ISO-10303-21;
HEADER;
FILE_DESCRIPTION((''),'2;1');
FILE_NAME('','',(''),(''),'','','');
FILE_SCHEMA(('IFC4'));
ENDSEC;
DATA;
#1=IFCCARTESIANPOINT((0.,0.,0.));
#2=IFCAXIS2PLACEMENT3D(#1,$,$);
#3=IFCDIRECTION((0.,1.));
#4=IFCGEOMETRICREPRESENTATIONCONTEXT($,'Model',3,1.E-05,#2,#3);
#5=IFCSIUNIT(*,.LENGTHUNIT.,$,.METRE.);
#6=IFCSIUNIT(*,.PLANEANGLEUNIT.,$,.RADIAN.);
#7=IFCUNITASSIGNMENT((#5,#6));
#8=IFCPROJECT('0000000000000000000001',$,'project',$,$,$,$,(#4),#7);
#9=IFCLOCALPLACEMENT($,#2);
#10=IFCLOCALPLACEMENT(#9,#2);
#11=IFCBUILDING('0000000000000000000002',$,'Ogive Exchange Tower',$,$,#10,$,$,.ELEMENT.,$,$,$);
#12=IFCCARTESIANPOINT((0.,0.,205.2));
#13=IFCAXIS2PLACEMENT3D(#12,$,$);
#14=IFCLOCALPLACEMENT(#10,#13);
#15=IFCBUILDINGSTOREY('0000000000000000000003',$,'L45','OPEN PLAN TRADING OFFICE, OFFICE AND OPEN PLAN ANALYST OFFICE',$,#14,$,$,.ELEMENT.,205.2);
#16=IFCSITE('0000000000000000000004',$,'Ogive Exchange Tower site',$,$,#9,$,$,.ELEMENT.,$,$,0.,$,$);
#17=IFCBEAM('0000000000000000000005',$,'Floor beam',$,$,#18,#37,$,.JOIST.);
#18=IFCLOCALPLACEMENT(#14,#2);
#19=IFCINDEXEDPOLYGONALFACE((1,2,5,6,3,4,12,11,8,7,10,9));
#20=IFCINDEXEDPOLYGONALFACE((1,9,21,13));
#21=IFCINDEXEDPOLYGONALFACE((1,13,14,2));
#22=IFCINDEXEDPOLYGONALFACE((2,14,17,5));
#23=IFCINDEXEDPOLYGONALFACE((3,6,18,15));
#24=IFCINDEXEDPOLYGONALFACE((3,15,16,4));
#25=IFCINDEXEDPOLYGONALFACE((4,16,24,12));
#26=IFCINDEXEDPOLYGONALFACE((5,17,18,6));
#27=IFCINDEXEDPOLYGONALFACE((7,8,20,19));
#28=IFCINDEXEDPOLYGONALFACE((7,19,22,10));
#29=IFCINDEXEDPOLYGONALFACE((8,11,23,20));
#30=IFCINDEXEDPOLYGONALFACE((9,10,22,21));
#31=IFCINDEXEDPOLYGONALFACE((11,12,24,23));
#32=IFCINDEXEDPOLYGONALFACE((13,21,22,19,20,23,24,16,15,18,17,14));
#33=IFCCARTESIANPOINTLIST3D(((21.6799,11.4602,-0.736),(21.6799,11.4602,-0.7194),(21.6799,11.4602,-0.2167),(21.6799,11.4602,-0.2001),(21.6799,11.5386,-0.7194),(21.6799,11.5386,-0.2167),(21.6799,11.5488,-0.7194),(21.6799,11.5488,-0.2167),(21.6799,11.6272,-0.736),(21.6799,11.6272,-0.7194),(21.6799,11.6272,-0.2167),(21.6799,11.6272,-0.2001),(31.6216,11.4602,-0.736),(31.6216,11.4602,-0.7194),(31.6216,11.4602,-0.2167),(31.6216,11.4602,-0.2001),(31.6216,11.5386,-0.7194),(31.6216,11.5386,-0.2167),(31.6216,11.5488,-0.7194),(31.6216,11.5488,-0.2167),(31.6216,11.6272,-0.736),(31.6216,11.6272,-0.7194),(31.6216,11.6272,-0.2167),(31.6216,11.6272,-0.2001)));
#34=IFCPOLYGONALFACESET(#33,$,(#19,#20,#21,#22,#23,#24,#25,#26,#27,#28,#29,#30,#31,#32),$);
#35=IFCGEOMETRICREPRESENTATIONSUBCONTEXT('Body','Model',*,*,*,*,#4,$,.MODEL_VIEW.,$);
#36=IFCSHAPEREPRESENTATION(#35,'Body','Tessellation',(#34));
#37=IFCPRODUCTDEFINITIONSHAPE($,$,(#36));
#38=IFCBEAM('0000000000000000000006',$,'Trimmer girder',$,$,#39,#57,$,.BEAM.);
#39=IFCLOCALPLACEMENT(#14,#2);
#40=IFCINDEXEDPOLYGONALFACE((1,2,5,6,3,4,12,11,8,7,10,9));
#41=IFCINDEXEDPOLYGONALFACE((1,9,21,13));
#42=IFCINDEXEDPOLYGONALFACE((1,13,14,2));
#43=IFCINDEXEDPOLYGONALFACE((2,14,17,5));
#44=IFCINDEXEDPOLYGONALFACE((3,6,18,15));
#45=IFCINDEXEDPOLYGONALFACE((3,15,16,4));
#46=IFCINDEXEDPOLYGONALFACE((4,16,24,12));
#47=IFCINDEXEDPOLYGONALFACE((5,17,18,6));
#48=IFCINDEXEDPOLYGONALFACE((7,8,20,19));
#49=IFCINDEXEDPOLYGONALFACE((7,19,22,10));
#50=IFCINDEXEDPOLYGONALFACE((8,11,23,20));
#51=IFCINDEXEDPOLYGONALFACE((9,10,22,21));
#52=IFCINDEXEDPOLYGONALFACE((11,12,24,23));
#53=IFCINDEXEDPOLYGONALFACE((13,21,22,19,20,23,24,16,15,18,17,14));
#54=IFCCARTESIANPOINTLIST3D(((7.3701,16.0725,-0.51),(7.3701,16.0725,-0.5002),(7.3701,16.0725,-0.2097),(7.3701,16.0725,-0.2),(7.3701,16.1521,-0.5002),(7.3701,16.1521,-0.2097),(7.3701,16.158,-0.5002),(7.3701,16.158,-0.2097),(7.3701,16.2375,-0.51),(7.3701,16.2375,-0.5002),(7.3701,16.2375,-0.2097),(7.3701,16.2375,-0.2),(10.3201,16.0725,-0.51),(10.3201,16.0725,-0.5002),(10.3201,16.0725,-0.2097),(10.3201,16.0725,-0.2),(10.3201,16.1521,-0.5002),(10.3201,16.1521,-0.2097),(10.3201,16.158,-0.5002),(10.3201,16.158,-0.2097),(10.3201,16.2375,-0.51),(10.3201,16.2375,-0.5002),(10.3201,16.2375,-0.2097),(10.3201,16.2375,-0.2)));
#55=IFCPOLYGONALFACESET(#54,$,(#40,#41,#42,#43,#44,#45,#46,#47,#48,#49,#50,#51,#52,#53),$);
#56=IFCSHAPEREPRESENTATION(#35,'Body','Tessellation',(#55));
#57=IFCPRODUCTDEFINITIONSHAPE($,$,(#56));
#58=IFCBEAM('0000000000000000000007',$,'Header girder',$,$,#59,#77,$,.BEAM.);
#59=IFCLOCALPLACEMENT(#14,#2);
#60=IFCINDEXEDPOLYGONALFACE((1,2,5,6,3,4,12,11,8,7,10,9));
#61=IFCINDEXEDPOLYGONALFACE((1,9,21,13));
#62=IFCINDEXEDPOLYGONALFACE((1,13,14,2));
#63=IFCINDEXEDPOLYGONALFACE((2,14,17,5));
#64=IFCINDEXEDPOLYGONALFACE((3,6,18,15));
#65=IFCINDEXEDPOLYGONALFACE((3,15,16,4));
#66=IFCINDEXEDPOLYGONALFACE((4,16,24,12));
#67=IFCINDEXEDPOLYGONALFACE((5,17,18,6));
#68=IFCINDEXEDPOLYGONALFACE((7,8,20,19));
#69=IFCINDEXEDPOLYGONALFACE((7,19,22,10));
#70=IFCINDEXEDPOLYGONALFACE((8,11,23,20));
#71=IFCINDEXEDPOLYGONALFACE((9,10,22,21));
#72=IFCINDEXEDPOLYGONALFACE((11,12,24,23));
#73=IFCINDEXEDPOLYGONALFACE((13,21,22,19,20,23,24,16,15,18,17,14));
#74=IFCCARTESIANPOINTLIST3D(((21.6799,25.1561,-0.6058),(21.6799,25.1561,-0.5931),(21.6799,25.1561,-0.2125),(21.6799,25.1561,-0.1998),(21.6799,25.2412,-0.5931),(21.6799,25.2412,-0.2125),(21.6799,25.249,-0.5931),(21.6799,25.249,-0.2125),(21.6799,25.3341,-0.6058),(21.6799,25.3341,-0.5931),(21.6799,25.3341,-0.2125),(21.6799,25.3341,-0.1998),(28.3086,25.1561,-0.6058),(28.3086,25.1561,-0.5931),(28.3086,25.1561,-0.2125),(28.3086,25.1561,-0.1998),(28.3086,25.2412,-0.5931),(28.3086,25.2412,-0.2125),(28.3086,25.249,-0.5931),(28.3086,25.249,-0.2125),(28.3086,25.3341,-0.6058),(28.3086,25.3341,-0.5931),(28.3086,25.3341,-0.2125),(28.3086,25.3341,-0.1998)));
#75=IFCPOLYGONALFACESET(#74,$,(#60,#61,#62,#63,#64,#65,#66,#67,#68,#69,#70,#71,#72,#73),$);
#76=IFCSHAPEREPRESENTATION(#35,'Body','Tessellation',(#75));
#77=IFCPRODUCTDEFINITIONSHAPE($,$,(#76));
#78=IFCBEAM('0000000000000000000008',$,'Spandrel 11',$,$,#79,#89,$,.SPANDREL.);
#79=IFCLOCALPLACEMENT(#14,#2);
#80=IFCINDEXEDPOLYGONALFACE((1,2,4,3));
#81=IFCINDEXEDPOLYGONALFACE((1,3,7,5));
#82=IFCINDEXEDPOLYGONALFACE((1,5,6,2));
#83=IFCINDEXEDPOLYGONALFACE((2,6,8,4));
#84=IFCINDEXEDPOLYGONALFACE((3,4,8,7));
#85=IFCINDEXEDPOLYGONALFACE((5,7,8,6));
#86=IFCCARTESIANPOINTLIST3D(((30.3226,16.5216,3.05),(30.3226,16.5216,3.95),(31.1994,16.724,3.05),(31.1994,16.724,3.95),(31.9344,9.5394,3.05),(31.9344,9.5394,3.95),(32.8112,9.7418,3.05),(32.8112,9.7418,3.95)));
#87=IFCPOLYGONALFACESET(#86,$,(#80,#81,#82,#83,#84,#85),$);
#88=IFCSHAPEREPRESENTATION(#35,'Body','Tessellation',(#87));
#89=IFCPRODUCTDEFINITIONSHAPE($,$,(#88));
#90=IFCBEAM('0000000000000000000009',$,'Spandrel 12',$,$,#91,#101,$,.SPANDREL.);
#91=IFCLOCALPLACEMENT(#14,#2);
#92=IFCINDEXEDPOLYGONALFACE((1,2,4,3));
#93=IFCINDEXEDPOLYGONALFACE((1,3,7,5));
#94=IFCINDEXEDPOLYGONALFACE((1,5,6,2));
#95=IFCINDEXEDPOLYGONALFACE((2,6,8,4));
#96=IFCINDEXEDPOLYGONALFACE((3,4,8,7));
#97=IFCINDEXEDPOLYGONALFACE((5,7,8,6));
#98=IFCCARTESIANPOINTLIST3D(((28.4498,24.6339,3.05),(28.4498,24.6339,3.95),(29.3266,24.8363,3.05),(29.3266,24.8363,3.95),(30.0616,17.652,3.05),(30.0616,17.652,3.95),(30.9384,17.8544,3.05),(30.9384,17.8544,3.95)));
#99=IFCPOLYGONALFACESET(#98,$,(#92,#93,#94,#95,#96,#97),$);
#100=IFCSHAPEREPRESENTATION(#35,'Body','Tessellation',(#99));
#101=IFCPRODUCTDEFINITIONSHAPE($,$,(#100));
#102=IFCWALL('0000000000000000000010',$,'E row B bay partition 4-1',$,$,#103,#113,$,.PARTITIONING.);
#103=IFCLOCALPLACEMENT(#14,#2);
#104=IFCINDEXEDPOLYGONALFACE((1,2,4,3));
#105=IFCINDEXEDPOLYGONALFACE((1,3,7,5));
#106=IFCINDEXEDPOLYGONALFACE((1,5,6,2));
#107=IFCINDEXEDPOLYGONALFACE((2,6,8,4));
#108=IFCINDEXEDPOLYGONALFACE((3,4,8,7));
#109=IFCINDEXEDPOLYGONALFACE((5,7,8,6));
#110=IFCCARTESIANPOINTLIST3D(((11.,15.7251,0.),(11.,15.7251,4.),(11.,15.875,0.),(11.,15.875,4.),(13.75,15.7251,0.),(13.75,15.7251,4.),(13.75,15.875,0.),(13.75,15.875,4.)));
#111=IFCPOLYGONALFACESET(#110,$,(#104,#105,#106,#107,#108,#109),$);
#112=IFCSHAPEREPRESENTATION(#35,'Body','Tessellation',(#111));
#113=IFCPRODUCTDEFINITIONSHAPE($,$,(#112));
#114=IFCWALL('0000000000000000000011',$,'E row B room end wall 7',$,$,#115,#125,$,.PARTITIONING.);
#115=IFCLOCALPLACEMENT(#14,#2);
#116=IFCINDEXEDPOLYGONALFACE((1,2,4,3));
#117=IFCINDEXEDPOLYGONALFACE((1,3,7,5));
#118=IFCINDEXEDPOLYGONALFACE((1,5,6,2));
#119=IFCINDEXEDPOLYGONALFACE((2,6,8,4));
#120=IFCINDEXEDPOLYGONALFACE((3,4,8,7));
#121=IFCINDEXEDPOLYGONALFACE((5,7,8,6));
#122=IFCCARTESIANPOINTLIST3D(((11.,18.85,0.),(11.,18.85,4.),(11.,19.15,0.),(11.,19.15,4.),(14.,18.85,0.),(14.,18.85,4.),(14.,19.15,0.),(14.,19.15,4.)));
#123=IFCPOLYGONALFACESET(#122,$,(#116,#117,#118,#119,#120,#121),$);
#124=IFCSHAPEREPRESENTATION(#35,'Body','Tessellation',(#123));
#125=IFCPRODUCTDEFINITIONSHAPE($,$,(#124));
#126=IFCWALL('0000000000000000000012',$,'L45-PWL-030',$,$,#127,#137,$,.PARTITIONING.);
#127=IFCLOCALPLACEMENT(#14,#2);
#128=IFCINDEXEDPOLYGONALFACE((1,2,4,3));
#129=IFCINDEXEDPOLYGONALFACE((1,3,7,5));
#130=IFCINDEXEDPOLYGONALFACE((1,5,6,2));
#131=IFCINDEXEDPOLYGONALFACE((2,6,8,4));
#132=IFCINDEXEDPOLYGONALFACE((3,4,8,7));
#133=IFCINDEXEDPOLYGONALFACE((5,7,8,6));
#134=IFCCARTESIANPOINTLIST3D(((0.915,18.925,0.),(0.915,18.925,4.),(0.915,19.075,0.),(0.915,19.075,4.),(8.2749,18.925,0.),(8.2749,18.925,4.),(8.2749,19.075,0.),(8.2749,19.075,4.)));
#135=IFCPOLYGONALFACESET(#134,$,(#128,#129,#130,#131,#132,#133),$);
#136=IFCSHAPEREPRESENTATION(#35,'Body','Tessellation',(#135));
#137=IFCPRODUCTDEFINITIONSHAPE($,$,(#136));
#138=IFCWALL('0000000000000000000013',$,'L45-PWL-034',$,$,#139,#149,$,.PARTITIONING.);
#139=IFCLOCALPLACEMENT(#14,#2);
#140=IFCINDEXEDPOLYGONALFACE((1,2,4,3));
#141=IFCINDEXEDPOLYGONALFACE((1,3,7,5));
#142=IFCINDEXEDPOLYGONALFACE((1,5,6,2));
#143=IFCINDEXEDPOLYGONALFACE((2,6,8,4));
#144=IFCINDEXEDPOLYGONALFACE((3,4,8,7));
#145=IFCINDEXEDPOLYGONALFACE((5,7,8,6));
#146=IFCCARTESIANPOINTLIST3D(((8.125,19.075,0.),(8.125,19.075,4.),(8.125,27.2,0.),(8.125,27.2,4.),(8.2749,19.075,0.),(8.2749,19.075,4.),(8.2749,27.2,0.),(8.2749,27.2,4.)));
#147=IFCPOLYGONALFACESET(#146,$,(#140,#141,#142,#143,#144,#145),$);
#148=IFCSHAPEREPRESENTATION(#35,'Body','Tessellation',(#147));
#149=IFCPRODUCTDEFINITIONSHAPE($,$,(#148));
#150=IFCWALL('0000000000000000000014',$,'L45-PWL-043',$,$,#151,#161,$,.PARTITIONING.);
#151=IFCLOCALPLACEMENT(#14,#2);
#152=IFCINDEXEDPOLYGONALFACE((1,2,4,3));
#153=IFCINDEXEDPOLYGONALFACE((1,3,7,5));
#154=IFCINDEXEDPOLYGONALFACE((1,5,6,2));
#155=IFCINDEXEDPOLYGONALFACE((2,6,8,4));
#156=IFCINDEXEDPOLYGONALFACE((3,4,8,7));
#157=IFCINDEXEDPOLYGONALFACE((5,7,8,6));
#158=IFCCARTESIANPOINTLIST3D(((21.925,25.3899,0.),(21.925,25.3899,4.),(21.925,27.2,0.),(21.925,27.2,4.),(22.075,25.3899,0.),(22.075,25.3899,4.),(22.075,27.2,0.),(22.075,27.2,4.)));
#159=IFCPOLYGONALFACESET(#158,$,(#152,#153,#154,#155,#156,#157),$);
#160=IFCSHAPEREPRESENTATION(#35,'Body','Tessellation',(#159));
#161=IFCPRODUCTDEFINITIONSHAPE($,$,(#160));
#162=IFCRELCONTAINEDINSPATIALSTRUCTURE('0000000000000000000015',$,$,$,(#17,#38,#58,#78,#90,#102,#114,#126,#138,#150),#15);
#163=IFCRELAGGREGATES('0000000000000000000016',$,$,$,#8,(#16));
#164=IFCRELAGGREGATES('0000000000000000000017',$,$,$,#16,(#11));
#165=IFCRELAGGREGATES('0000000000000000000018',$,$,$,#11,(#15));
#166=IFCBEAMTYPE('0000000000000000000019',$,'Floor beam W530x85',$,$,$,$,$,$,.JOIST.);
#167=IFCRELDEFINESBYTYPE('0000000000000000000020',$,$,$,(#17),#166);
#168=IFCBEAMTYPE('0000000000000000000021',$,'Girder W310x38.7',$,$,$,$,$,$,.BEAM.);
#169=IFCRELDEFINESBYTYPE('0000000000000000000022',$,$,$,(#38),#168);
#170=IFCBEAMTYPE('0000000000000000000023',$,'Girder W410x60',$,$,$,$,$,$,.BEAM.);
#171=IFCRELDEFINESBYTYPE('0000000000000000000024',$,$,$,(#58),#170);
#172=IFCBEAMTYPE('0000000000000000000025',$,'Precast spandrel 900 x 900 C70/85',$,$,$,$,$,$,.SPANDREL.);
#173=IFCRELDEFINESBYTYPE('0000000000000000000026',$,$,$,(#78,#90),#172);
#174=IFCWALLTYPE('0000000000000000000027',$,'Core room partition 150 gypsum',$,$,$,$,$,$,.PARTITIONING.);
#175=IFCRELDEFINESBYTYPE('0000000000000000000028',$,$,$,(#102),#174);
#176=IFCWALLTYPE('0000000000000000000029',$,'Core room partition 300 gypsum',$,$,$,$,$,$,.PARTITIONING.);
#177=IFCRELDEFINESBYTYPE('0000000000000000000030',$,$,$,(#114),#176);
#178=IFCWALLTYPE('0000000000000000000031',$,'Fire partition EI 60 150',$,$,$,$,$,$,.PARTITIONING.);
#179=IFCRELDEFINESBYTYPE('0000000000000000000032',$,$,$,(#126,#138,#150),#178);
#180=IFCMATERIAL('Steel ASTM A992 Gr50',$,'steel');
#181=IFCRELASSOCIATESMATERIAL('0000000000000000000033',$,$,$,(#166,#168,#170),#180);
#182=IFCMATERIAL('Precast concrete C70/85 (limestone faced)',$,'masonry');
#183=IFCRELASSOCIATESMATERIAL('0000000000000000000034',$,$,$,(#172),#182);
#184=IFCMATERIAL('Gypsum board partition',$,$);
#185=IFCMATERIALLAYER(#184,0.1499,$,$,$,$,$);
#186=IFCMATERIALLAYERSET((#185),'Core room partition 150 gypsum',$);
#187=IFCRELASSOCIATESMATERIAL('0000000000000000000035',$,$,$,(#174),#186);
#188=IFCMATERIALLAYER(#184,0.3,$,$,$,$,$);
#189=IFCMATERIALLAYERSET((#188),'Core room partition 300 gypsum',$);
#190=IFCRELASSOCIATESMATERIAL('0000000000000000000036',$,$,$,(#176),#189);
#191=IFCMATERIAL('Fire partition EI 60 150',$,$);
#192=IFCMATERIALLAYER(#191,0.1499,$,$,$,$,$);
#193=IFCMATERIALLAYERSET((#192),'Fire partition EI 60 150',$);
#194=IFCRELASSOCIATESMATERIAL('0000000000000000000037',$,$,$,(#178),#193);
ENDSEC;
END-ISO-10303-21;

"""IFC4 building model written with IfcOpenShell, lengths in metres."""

from ifc_helpers import new_model, si_unit, direction, frame, frame_2d, origin, origin_2d, place, context, subcontext, project, spatial, rectangle, i_section, extrude, material, layer, layer_set, material_profile, profile_set, type_object, element, save


model = new_model("IFC4")

# Units and contexts
model_context = context("Model", 3, precision=1e-05, world=origin(), true_north=direction((0.0, 1.0)))
body_context = subcontext(model_context, "Body", "Model", "MODEL_VIEW")
ifc_project = project(units=[si_unit("LENGTHUNIT", "METRE"), si_unit("PLANEANGLEUNIT", "RADIAN")], contexts=[model_context])

# Site, building, storey
site_placement = place(None, origin())
site = spatial("IfcSite", under=ifc_project, at=site_placement, Name="Ogive Exchange Tower site", CompositionType="ELEMENT", RefElevation=0.0)
building_placement = place(site_placement, origin())
building = spatial("IfcBuilding", under=site, at=building_placement, Name="Ogive Exchange Tower", CompositionType="ELEMENT")
storey_placement = place(building_placement, frame((0.0, 0.0, 205.2)))
storey = spatial("IfcBuildingStorey", under=building, at=storey_placement, Name="L45", Description="OPEN PLAN TRADING OFFICE, OFFICE AND OPEN PLAN ANALYST OFFICE", CompositionType="ELEMENT", Elevation=205.2)

# Shared definitions
ifc_material_1 = material(Name="Precast concrete C70/85 (limestone faced)", Category="masonry")

# Beams
ifc_material_2 = material(Name="Steel ASTM A992 Gr50", Category="steel")
ifc_material_profile_1 = material_profile(ifc_material_2, i_section(OverallWidth=0.167, OverallDepth=0.5359, WebThickness=0.0103, FlangeThickness=0.0166, at=origin_2d()), Name="W530x85")
ifc_profile_set_1 = profile_set([ifc_material_profile_1], Name="Steel ASTM A992 Gr50")
beam_type_1 = type_object("IfcBeamType", Name="Floor beam W530x85", PredefinedType="JOIST", material=ifc_profile_set_1)
beam_1_placement = place(storey_placement, frame((21.6799, 11.5437, -0.468), z_axis=(1.0, 0.0, 0.0), x_axis=(0.0, 1.0, 0.0)))
element("IfcBeam", 1, at=beam_1_placement, inside=storey, type_object=beam_type_1, Name="Floor beam", PredefinedType="JOIST", context=body_context, shape_type="SweptSolid", body=[
    extrude(i_section(OverallWidth=0.167, OverallDepth=0.5359, WebThickness=0.0103, FlangeThickness=0.0166, at=origin_2d()), origin(), (0.0, 0.0, 1.0), 9.9417),
])
ifc_material_profile_2 = material_profile(ifc_material_2, i_section(OverallWidth=0.165, OverallDepth=0.3101, WebThickness=0.0059, FlangeThickness=0.0098, at=origin_2d()), Name="W310x38.7")
ifc_profile_set_2 = profile_set([ifc_material_profile_2], Name="Steel ASTM A992 Gr50")
beam_type_2 = type_object("IfcBeamType", Name="Girder W310x38.7", PredefinedType="BEAM", material=ifc_profile_set_2)
beam_2_placement = place(storey_placement, frame((7.3701, 16.155, -0.355), z_axis=(1.0, 0.0, 0.0), x_axis=(0.0, 1.0, 0.0)))
element("IfcBeam", 2, at=beam_2_placement, inside=storey, type_object=beam_type_2, Name="Trimmer girder", PredefinedType="BEAM", context=body_context, shape_type="SweptSolid", body=[
    extrude(i_section(OverallWidth=0.165, OverallDepth=0.3101, WebThickness=0.0059, FlangeThickness=0.0098, at=origin_2d()), origin(), (0.0, 0.0, 1.0), 2.95),
])
ifc_material_profile_3 = material_profile(ifc_material_2, i_section(OverallWidth=0.178, OverallDepth=0.406, WebThickness=0.0078, FlangeThickness=0.0127, at=origin_2d()), Name="W410x60")
ifc_profile_set_3 = profile_set([ifc_material_profile_3], Name="Steel ASTM A992 Gr50")
beam_type_3 = type_object("IfcBeamType", Name="Girder W410x60", PredefinedType="BEAM", material=ifc_profile_set_3)
beam_3_placement = place(storey_placement, frame((21.6799, 25.2451, -0.4028), z_axis=(1.0, 0.0, 0.0), x_axis=(0.0, 1.0, 0.0)))
element("IfcBeam", 3, at=beam_3_placement, inside=storey, type_object=beam_type_3, Name="Header girder", PredefinedType="BEAM", context=body_context, shape_type="SweptSolid", body=[
    extrude(i_section(OverallWidth=0.178, OverallDepth=0.406, WebThickness=0.0078, FlangeThickness=0.0127, at=origin_2d()), origin(), (0.0, 0.0, 1.0), 6.6287),
])
ifc_material_profile_4 = material_profile(ifc_material_1, rectangle(XDim=0.8999, YDim=0.8999, at=origin_2d()), Name="900 x 900")
ifc_profile_set_4 = profile_set([ifc_material_profile_4], Name="Precast concrete C70/85 (limestone faced)")
beam_type_4 = type_object("IfcBeamType", Name="Precast spandrel 900 x 900 C70/85", PredefinedType="SPANDREL", material=ifc_profile_set_4)
beam_4_placement = place(storey_placement, frame((32.3728, 9.6406, 3.5), z_axis=(-0.224932, 0.974375, 0.0), x_axis=(-0.974375, -0.224932, 0.0)))
element("IfcBeam", 4, at=beam_4_placement, inside=storey, type_object=beam_type_4, Name="Spandrel 11", PredefinedType="SPANDREL", context=body_context, shape_type="SweptSolid", body=[
    extrude(rectangle(XDim=0.8999, YDim=0.8999, at=origin_2d()), origin(), (0.0, 0.0, 1.0), 7.1658),
])
beam_5_placement = place(storey_placement, frame((30.5, 17.7532, 3.5), z_axis=(-0.224939, 0.974373, 0.0), x_axis=(-0.974373, -0.224939, 0.0)))
element("IfcBeam", 5, at=beam_5_placement, inside=storey, type_object=beam_type_4, Name="Spandrel 12", PredefinedType="SPANDREL", context=body_context, shape_type="SweptSolid", body=[
    extrude(rectangle(XDim=0.8999, YDim=0.8999, at=origin_2d()), origin(), (0.0, 0.0, 1.0), 7.1655),
])

# Walls
ifc_material_3 = material(Name="Gypsum board partition")
ifc_layer_1 = layer(ifc_material_3, 0.1499)
ifc_layer_set_1 = layer_set([ifc_layer_1], Name="Core room partition 150 gypsum")
wall_type_1 = type_object("IfcWallType", Name="Core room partition 150 gypsum", PredefinedType="PARTITIONING", material=ifc_layer_set_1)
wall_1_placement = place(storey_placement, frame((11.0, 15.8, 0.0), z_axis=(0.0, 0.0, 1.0), x_axis=(1.0, 0.0, 0.0)))
element("IfcWall", 6, at=wall_1_placement, inside=storey, type_object=wall_type_1, Name="E row B bay partition 4-1", PredefinedType="PARTITIONING", context=body_context, shape_type="SweptSolid", body=[
    extrude(rectangle(XDim=2.75, YDim=0.1499, at=frame_2d((1.375, 0.0))), origin(), (0.0, 0.0, 1.0), 4.0),
])
ifc_layer_2 = layer(ifc_material_3, 0.3)
ifc_layer_set_2 = layer_set([ifc_layer_2], Name="Core room partition 300 gypsum")
wall_type_2 = type_object("IfcWallType", Name="Core room partition 300 gypsum", PredefinedType="PARTITIONING", material=ifc_layer_set_2)
wall_2_placement = place(storey_placement, frame((11.0, 19.0, 0.0), z_axis=(0.0, 0.0, 1.0), x_axis=(1.0, 0.0, 0.0)))
element("IfcWall", 7, at=wall_2_placement, inside=storey, type_object=wall_type_2, Name="E row B room end wall 7", PredefinedType="PARTITIONING", context=body_context, shape_type="SweptSolid", body=[
    extrude(rectangle(XDim=3.0, YDim=0.3, at=frame_2d((1.5, 0.0))), origin(), (0.0, 0.0, 1.0), 4.0),
])
ifc_material_4 = material(Name="Fire partition EI 60 150")
ifc_layer_3 = layer(ifc_material_4, 0.1499)
ifc_layer_set_3 = layer_set([ifc_layer_3], Name="Fire partition EI 60 150")
wall_type_3 = type_object("IfcWallType", Name="Fire partition EI 60 150", PredefinedType="PARTITIONING", material=ifc_layer_set_3)
wall_3_placement = place(storey_placement, frame((0.915, 19.0, 0.0), z_axis=(0.0, 0.0, 1.0), x_axis=(1.0, 0.0, 0.0)))
element("IfcWall", 8, at=wall_3_placement, inside=storey, type_object=wall_type_3, Name="L45-PWL-030", PredefinedType="PARTITIONING", context=body_context, shape_type="SweptSolid", body=[
    extrude(rectangle(XDim=7.3599, YDim=0.1499, at=frame_2d((3.6799, 0.0))), origin(), (0.0, 0.0, 1.0), 4.0),
])
wall_4_placement = place(storey_placement, frame((8.2, 19.075, 0.0), z_axis=(0.0, 0.0, 1.0), x_axis=(0.0, 1.0, 0.0)))
element("IfcWall", 9, at=wall_4_placement, inside=storey, type_object=wall_type_3, Name="L45-PWL-034", PredefinedType="PARTITIONING", context=body_context, shape_type="SweptSolid", body=[
    extrude(rectangle(XDim=8.125, YDim=0.1499, at=frame_2d((4.0625, 0.0))), origin(), (0.0, 0.0, 1.0), 4.0),
])
wall_5_placement = place(storey_placement, frame((22.0, 25.3899, 0.0), z_axis=(0.0, 0.0, 1.0), x_axis=(0.0, 1.0, 0.0)))
element("IfcWall", 10, at=wall_5_placement, inside=storey, type_object=wall_type_3, Name="L45-PWL-043", PredefinedType="PARTITIONING", context=body_context, shape_type="SweptSolid", body=[
    extrude(rectangle(XDim=1.8101, YDim=0.1499, at=frame_2d((0.905, 0.0))), origin(), (0.0, 0.0, 1.0), 4.0),
])

save(model, "model.ifc")
